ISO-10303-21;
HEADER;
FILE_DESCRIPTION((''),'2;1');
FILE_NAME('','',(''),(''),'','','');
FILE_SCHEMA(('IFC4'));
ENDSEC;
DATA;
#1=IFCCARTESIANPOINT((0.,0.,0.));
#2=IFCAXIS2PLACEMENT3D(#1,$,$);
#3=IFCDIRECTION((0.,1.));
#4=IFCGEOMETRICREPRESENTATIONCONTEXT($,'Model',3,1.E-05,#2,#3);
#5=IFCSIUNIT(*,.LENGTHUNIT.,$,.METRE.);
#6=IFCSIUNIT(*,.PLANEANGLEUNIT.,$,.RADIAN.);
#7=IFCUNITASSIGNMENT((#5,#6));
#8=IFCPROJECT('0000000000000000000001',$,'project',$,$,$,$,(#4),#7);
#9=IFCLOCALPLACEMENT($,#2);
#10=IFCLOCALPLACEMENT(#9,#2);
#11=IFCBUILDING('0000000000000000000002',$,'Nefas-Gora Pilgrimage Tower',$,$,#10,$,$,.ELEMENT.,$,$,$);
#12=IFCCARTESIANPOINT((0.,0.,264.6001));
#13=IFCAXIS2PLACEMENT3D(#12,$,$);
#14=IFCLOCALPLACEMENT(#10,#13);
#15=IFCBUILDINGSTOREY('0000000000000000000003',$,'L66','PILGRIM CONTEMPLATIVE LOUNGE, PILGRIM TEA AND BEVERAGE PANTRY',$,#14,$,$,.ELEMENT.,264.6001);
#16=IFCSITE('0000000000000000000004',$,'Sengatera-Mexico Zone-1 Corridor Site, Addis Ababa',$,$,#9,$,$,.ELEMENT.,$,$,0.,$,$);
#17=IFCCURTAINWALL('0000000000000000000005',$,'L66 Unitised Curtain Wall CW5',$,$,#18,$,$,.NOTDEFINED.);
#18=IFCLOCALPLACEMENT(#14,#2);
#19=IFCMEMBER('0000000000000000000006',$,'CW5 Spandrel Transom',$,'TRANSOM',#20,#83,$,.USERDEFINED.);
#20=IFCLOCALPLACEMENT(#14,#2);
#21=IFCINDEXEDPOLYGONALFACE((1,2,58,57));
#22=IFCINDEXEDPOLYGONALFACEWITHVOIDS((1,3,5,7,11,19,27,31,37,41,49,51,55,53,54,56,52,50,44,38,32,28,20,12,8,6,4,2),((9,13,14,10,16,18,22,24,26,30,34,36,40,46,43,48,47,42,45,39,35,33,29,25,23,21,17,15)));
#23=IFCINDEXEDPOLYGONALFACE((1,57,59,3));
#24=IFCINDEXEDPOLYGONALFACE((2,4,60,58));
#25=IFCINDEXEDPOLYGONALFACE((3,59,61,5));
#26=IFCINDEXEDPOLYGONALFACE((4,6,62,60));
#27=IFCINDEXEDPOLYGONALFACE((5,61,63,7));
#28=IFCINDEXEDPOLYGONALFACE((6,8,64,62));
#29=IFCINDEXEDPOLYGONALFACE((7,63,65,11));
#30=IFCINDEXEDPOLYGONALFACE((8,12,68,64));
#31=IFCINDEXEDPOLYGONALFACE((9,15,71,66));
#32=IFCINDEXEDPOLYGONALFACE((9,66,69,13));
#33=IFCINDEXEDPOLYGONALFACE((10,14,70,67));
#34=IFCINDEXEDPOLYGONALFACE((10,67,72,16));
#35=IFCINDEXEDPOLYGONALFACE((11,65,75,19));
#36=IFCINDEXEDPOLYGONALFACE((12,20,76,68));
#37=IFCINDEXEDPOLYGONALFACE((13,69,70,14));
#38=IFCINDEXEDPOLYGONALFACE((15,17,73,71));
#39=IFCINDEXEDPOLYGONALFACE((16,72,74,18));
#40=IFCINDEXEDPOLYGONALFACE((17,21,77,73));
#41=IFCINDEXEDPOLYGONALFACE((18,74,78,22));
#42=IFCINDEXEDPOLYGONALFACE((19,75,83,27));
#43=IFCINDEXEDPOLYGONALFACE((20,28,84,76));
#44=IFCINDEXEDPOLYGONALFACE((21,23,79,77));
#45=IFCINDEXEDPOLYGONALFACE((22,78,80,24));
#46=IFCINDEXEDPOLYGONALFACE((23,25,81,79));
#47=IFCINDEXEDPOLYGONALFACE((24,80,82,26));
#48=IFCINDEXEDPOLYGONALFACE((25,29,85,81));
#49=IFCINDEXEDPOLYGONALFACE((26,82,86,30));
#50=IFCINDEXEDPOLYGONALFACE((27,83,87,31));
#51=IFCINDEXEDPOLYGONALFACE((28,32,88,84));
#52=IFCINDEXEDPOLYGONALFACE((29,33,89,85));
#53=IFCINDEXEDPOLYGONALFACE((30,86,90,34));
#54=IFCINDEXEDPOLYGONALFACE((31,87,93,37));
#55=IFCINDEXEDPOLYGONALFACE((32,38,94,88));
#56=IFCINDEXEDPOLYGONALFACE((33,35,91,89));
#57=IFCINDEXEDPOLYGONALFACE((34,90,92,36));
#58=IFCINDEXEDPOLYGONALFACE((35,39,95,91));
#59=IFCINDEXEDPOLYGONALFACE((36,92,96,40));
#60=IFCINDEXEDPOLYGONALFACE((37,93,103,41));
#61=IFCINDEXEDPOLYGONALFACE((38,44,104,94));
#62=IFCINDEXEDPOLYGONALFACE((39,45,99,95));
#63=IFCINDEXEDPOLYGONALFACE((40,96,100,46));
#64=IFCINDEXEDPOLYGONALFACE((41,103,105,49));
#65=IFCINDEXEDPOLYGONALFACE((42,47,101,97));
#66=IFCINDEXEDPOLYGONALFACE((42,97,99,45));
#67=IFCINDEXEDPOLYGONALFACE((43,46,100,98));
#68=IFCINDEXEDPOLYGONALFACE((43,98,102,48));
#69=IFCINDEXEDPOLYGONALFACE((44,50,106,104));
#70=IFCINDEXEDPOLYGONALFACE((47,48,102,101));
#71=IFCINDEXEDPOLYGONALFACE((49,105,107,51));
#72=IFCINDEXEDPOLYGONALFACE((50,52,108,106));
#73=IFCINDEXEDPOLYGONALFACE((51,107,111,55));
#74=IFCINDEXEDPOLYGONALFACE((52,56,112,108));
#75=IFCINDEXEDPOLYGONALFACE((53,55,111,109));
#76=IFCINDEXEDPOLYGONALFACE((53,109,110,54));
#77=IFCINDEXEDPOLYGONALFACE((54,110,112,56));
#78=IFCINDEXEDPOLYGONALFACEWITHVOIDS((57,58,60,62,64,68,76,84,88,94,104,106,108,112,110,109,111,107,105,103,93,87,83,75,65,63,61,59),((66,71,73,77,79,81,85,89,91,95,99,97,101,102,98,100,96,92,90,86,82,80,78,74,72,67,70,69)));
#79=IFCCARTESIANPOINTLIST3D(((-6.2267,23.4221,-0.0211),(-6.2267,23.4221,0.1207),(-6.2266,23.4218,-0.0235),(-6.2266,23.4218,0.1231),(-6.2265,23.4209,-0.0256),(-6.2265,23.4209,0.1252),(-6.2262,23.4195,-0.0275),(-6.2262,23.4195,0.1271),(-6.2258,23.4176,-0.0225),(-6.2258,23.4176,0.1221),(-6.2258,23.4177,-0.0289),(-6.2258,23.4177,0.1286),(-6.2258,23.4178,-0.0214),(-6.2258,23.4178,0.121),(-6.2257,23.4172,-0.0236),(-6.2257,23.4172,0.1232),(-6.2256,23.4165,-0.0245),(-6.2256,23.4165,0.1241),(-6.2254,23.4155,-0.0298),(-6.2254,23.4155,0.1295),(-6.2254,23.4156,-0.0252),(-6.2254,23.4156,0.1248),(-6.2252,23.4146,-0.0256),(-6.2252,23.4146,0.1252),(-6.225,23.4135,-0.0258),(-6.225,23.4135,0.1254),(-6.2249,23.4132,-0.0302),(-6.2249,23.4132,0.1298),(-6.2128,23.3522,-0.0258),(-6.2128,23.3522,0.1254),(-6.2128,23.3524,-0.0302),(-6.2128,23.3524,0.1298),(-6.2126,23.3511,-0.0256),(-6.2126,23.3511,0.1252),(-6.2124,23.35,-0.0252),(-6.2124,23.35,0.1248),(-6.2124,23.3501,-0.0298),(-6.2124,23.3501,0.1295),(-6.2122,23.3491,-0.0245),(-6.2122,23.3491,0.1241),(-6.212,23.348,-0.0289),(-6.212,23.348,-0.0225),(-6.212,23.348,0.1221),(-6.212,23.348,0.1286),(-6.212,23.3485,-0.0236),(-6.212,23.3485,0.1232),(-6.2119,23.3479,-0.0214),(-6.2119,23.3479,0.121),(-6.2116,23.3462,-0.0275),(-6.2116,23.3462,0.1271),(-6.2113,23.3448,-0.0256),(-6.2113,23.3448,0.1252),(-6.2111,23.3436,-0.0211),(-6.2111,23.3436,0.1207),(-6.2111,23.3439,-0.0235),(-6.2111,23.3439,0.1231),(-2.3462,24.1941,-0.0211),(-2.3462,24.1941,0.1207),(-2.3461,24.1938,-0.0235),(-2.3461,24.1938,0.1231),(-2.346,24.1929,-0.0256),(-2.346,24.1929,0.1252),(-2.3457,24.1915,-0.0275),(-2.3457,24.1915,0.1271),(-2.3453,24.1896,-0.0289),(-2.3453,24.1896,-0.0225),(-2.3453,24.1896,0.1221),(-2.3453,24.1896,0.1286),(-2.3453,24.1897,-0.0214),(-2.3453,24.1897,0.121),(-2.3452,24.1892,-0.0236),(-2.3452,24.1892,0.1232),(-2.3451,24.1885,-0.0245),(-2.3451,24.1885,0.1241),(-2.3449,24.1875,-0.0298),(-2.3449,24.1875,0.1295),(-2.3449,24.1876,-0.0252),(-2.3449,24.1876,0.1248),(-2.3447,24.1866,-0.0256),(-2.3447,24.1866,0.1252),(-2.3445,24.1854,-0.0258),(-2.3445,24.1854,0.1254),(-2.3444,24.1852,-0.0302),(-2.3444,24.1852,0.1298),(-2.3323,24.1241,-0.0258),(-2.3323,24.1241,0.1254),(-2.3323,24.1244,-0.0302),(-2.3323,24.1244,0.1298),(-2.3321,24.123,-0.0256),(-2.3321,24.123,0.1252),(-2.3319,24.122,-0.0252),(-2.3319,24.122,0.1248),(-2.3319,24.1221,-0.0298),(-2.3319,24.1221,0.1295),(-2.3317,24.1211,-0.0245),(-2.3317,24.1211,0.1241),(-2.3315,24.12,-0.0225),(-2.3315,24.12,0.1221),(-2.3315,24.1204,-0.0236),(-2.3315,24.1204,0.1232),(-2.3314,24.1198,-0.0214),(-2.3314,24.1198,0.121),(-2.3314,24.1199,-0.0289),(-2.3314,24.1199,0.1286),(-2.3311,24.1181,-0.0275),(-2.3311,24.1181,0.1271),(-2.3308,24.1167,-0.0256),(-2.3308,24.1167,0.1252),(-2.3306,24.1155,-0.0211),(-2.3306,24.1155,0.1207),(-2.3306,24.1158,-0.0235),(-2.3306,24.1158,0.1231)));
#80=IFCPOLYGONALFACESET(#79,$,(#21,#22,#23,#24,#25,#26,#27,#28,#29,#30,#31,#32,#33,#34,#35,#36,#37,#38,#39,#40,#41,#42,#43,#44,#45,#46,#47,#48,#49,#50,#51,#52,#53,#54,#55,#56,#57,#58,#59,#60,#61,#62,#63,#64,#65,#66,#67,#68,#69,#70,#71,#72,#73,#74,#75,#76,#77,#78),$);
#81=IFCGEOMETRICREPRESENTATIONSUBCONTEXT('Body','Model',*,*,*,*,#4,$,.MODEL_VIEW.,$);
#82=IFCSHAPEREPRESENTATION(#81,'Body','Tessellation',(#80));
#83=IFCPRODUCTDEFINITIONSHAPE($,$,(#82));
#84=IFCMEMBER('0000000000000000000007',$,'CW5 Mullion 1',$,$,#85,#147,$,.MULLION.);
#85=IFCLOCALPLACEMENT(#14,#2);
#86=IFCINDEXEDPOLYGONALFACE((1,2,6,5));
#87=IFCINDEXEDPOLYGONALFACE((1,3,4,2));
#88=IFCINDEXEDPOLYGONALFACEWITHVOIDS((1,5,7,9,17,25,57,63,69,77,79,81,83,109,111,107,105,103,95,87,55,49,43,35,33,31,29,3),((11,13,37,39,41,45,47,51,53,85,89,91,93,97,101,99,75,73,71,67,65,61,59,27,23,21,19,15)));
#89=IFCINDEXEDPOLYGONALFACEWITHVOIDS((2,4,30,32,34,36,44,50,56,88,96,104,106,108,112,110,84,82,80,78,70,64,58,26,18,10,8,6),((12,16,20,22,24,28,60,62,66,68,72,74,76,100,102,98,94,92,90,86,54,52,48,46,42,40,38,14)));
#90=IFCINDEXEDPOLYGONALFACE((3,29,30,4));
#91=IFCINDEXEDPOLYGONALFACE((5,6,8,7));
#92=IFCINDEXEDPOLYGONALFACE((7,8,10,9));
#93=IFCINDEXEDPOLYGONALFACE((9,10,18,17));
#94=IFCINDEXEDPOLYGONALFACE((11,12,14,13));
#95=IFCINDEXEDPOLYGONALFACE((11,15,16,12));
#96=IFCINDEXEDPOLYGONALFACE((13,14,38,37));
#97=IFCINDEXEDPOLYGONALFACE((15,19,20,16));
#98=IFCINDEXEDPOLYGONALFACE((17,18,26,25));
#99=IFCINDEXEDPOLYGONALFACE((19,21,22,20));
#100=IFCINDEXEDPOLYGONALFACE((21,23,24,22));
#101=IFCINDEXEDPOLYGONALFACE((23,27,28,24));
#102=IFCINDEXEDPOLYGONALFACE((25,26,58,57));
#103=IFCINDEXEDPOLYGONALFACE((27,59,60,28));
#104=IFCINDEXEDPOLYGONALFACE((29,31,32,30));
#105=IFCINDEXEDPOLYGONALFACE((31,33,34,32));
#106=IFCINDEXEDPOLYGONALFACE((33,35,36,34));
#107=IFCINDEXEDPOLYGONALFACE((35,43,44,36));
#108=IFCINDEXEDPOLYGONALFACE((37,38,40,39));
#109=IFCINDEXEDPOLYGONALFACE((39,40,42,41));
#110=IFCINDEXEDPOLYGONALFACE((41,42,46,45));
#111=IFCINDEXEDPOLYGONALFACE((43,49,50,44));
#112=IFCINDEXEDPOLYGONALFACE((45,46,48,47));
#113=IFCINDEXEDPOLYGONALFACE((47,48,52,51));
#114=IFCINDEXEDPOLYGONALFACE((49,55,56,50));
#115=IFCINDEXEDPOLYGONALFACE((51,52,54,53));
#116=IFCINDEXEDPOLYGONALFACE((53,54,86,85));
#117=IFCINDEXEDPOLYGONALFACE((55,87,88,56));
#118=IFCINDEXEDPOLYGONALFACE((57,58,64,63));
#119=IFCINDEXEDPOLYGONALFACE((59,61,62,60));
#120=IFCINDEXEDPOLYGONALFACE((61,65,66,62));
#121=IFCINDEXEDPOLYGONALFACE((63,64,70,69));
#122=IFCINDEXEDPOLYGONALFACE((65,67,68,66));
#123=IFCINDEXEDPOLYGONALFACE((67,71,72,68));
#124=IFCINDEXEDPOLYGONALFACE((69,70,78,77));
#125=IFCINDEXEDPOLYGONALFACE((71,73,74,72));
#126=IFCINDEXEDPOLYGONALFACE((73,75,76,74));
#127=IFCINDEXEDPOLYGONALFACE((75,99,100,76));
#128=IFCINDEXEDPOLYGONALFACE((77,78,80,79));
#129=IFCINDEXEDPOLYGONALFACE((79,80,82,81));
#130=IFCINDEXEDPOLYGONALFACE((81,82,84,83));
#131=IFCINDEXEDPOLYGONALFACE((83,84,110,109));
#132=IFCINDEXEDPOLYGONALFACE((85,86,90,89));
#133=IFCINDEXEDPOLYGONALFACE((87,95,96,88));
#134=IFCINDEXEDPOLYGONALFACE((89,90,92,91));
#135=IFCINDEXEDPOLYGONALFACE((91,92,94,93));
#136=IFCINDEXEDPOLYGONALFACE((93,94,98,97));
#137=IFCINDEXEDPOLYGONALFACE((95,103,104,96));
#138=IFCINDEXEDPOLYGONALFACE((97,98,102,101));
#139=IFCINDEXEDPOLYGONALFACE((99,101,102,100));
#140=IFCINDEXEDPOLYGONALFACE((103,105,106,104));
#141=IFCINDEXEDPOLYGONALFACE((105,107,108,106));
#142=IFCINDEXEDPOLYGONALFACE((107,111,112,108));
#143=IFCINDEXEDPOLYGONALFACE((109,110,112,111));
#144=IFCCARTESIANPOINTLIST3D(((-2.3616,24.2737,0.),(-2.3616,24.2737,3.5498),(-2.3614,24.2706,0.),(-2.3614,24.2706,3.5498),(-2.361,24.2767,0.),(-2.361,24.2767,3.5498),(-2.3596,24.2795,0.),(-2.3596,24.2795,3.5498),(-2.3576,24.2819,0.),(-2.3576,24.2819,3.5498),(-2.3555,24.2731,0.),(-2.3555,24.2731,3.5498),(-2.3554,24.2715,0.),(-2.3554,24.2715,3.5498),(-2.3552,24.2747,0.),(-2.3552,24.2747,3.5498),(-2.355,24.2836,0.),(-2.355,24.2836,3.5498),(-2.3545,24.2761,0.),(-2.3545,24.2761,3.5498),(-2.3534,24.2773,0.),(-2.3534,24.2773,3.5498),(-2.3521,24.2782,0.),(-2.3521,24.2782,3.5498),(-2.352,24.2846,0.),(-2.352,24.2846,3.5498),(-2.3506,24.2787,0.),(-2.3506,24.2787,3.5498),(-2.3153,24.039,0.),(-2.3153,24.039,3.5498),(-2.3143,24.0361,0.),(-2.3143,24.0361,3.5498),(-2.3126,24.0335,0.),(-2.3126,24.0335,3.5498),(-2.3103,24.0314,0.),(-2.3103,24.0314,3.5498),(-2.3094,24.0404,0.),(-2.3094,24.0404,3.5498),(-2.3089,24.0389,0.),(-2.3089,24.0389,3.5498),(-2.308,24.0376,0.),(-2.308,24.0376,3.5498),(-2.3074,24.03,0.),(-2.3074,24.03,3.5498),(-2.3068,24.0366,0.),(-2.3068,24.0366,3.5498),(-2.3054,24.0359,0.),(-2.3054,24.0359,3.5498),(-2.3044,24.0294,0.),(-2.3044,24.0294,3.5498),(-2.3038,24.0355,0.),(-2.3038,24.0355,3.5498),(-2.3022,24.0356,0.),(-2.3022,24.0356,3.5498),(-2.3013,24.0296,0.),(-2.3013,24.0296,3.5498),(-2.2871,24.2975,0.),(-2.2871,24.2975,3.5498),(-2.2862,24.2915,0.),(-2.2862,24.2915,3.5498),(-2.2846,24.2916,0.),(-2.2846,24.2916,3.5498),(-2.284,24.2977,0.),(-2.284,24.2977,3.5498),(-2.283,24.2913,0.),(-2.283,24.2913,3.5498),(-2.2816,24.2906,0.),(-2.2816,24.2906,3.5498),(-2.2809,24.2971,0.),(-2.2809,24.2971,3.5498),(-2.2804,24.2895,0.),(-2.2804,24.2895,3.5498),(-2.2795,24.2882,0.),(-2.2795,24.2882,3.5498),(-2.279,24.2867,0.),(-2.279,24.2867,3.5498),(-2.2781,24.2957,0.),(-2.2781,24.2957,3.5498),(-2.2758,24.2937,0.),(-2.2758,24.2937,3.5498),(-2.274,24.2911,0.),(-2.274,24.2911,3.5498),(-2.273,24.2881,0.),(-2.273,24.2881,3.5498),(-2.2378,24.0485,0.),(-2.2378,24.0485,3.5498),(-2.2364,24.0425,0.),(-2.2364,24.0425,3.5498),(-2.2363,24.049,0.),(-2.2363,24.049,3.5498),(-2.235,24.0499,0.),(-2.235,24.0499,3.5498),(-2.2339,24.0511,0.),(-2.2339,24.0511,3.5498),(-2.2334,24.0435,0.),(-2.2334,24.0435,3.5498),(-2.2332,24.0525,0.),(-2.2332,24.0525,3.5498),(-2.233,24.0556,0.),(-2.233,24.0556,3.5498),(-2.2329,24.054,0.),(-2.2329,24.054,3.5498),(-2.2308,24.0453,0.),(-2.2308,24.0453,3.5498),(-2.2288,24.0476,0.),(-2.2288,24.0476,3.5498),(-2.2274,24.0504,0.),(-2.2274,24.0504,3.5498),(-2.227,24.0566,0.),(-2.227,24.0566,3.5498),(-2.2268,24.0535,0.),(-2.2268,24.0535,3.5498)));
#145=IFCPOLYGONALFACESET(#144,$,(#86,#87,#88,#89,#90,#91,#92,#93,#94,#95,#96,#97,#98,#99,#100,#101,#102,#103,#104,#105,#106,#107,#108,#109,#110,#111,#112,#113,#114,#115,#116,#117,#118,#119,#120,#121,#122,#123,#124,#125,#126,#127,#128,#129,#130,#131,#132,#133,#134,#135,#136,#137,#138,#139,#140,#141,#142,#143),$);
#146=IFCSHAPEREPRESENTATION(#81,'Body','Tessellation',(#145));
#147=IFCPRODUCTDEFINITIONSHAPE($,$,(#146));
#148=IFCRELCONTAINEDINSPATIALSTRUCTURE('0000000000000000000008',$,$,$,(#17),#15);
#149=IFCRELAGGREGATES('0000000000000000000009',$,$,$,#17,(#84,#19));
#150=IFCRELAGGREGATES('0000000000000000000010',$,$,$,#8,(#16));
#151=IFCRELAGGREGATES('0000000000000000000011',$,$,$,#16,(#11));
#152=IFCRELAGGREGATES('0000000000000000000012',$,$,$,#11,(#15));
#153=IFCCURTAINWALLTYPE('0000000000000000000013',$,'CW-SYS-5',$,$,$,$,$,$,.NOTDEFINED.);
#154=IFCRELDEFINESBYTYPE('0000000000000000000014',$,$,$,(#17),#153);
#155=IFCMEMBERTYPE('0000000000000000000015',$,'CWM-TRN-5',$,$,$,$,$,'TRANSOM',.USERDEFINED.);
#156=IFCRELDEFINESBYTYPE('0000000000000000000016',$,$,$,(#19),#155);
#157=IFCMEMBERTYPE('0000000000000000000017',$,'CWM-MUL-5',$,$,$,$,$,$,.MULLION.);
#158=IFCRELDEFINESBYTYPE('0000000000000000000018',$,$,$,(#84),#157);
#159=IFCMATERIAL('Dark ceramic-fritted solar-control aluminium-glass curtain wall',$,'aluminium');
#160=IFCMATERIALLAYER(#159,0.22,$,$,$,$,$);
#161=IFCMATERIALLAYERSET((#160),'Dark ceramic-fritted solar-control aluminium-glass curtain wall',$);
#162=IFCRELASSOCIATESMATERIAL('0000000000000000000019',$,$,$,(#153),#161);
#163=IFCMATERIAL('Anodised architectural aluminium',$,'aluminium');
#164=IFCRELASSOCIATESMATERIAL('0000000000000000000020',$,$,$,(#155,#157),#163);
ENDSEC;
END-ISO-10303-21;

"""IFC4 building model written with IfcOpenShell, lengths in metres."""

from ifc_helpers import new_model, si_unit, direction, frame, origin, origin_2d, place, context, subcontext, project, spatial, hollow_rectangle, extrude, source, transform, mapped, material, layer, layer_set, material_profile, profile_set, type_object, element, aggregate, save


model = new_model("IFC4")

# Units and contexts
model_context = context("Model", 3, precision=1e-05, world=origin(), true_north=direction((0.0, 1.0)))
body_context = subcontext(model_context, "Body", "Model", "MODEL_VIEW")
ifc_project = project(units=[si_unit("LENGTHUNIT", "METRE"), si_unit("PLANEANGLEUNIT", "RADIAN")], contexts=[model_context])

# Site, building, storey
site_placement = place(None, origin())
site = spatial("IfcSite", under=ifc_project, at=site_placement, Name="Sengatera-Mexico Zone-1 Corridor Site, Addis Ababa", CompositionType="ELEMENT", RefElevation=0.0)
building_placement = place(site_placement, origin())
building = spatial("IfcBuilding", under=site, at=building_placement, Name="Nefas-Gora Pilgrimage Tower", CompositionType="ELEMENT")
storey_placement = place(building_placement, frame((0.0, 0.0, 264.6001)))
storey = spatial("IfcBuildingStorey", under=building, at=storey_placement, Name="L66", Description="PILGRIM CONTEMPLATIVE LOUNGE, PILGRIM TEA AND BEVERAGE PANTRY", CompositionType="ELEMENT", Elevation=264.6001)

# Curtain wall, members
ifc_material_1 = material(Name="Dark ceramic-fritted solar-control aluminium-glass curtain wall", Category="aluminium")
ifc_layer_1 = layer(ifc_material_1, 0.22)
ifc_layer_set_1 = layer_set([ifc_layer_1], Name="Dark ceramic-fritted solar-control aluminium-glass curtain wall")
curtain_wall_type = type_object("IfcCurtainWallType", Name="CW-SYS-5", PredefinedType="NOTDEFINED", material=ifc_layer_set_1)
curtain_wall_placement = place(storey_placement, origin())
curtain_wall = element("IfcCurtainWall", 1, at=curtain_wall_placement, inside=storey, type_object=curtain_wall_type, Name="L66 Unitised Curtain Wall CW5", PredefinedType="NOTDEFINED")
ifc_material_2 = material(Name="Anodised architectural aluminium", Category="aluminium")
ifc_material_profile_1 = material_profile(ifc_material_2, hollow_rectangle(XDim=0.0801, YDim=0.1599, WallThickness=0.0044, InnerFilletRadius=0.0044, OuterFilletRadius=0.009, at=origin_2d()), Name="ALU TRANSOM 80x160")
ifc_profile_set_1 = profile_set([ifc_material_profile_1], Name="Anodised architectural aluminium")
member_type_1 = type_object("IfcMemberType", Name="CWM-TRN-5", ElementType="TRANSOM", PredefinedType="USERDEFINED", material=ifc_profile_set_1)
shared_shape_1 = source(origin(), body_context, "Body", "SweptSolid", [
    extrude(hollow_rectangle(XDim=0.0801, YDim=0.1599, WallThickness=0.0044, InnerFilletRadius=0.0044, OuterFilletRadius=0.009, at=origin_2d()), origin(), (0.0, 0.0, 1.0), 3.9565),
])
member_1_placement = place(storey_placement, frame((-2.3384, 24.1548, 0.0498), z_axis=(-0.980782, -0.195107, 0.0), x_axis=(0.195107, -0.980782, 0.0)))
member_1 = element("IfcMember", 2, at=member_1_placement, type_object=member_type_1, Name="CW5 Spandrel Transom", ObjectType="TRANSOM", PredefinedType="USERDEFINED", context=body_context, shape_type="MappedRepresentation", body=[
    mapped(shared_shape_1, transform((0.0, 0.0, 0.0), x_axis=(1.0, 0.0, 0.0), y_axis=(0.0, 1.0, 0.0), z_axis=(0.0, 0.0, 1.0), scale=1.0)),
])
ifc_material_profile_2 = material_profile(ifc_material_2, hollow_rectangle(XDim=0.0901, YDim=0.26, WallThickness=0.0061, InnerFilletRadius=0.0061, OuterFilletRadius=0.012, at=origin_2d()), Name="ALU MULLION 90x260")
ifc_profile_set_2 = profile_set([ifc_material_profile_2], Name="Anodised architectural aluminium")
member_type_2 = type_object("IfcMemberType", Name="CWM-MUL-5", PredefinedType="MULLION", material=ifc_profile_set_2)
shared_shape_2 = source(origin(), body_context, "Body", "SweptSolid", [
    extrude(hollow_rectangle(XDim=0.0901, YDim=0.26, WallThickness=0.0061, InnerFilletRadius=0.0061, OuterFilletRadius=0.012, at=origin_2d()), origin(), (0.0, 0.0, 1.0), 3.5498),
])
member_2_placement = place(storey_placement, frame((-2.2942, 24.1636, 0.0), z_axis=(0.0, 0.0, 1.0), x_axis=(-0.980783, -0.195102, 0.0)))
member_2 = element("IfcMember", 3, at=member_2_placement, type_object=member_type_2, Name="CW5 Mullion 1", PredefinedType="MULLION", context=body_context, shape_type="MappedRepresentation", body=[
    mapped(shared_shape_2, transform((0.0, 0.0, 0.0), x_axis=(1.0, 0.0, 0.0), y_axis=(0.0, 1.0, 0.0), z_axis=(0.0, 0.0, 1.0), scale=1.0)),
])
aggregate(curtain_wall, [member_2, member_1])

save(model, "model.ifc")
